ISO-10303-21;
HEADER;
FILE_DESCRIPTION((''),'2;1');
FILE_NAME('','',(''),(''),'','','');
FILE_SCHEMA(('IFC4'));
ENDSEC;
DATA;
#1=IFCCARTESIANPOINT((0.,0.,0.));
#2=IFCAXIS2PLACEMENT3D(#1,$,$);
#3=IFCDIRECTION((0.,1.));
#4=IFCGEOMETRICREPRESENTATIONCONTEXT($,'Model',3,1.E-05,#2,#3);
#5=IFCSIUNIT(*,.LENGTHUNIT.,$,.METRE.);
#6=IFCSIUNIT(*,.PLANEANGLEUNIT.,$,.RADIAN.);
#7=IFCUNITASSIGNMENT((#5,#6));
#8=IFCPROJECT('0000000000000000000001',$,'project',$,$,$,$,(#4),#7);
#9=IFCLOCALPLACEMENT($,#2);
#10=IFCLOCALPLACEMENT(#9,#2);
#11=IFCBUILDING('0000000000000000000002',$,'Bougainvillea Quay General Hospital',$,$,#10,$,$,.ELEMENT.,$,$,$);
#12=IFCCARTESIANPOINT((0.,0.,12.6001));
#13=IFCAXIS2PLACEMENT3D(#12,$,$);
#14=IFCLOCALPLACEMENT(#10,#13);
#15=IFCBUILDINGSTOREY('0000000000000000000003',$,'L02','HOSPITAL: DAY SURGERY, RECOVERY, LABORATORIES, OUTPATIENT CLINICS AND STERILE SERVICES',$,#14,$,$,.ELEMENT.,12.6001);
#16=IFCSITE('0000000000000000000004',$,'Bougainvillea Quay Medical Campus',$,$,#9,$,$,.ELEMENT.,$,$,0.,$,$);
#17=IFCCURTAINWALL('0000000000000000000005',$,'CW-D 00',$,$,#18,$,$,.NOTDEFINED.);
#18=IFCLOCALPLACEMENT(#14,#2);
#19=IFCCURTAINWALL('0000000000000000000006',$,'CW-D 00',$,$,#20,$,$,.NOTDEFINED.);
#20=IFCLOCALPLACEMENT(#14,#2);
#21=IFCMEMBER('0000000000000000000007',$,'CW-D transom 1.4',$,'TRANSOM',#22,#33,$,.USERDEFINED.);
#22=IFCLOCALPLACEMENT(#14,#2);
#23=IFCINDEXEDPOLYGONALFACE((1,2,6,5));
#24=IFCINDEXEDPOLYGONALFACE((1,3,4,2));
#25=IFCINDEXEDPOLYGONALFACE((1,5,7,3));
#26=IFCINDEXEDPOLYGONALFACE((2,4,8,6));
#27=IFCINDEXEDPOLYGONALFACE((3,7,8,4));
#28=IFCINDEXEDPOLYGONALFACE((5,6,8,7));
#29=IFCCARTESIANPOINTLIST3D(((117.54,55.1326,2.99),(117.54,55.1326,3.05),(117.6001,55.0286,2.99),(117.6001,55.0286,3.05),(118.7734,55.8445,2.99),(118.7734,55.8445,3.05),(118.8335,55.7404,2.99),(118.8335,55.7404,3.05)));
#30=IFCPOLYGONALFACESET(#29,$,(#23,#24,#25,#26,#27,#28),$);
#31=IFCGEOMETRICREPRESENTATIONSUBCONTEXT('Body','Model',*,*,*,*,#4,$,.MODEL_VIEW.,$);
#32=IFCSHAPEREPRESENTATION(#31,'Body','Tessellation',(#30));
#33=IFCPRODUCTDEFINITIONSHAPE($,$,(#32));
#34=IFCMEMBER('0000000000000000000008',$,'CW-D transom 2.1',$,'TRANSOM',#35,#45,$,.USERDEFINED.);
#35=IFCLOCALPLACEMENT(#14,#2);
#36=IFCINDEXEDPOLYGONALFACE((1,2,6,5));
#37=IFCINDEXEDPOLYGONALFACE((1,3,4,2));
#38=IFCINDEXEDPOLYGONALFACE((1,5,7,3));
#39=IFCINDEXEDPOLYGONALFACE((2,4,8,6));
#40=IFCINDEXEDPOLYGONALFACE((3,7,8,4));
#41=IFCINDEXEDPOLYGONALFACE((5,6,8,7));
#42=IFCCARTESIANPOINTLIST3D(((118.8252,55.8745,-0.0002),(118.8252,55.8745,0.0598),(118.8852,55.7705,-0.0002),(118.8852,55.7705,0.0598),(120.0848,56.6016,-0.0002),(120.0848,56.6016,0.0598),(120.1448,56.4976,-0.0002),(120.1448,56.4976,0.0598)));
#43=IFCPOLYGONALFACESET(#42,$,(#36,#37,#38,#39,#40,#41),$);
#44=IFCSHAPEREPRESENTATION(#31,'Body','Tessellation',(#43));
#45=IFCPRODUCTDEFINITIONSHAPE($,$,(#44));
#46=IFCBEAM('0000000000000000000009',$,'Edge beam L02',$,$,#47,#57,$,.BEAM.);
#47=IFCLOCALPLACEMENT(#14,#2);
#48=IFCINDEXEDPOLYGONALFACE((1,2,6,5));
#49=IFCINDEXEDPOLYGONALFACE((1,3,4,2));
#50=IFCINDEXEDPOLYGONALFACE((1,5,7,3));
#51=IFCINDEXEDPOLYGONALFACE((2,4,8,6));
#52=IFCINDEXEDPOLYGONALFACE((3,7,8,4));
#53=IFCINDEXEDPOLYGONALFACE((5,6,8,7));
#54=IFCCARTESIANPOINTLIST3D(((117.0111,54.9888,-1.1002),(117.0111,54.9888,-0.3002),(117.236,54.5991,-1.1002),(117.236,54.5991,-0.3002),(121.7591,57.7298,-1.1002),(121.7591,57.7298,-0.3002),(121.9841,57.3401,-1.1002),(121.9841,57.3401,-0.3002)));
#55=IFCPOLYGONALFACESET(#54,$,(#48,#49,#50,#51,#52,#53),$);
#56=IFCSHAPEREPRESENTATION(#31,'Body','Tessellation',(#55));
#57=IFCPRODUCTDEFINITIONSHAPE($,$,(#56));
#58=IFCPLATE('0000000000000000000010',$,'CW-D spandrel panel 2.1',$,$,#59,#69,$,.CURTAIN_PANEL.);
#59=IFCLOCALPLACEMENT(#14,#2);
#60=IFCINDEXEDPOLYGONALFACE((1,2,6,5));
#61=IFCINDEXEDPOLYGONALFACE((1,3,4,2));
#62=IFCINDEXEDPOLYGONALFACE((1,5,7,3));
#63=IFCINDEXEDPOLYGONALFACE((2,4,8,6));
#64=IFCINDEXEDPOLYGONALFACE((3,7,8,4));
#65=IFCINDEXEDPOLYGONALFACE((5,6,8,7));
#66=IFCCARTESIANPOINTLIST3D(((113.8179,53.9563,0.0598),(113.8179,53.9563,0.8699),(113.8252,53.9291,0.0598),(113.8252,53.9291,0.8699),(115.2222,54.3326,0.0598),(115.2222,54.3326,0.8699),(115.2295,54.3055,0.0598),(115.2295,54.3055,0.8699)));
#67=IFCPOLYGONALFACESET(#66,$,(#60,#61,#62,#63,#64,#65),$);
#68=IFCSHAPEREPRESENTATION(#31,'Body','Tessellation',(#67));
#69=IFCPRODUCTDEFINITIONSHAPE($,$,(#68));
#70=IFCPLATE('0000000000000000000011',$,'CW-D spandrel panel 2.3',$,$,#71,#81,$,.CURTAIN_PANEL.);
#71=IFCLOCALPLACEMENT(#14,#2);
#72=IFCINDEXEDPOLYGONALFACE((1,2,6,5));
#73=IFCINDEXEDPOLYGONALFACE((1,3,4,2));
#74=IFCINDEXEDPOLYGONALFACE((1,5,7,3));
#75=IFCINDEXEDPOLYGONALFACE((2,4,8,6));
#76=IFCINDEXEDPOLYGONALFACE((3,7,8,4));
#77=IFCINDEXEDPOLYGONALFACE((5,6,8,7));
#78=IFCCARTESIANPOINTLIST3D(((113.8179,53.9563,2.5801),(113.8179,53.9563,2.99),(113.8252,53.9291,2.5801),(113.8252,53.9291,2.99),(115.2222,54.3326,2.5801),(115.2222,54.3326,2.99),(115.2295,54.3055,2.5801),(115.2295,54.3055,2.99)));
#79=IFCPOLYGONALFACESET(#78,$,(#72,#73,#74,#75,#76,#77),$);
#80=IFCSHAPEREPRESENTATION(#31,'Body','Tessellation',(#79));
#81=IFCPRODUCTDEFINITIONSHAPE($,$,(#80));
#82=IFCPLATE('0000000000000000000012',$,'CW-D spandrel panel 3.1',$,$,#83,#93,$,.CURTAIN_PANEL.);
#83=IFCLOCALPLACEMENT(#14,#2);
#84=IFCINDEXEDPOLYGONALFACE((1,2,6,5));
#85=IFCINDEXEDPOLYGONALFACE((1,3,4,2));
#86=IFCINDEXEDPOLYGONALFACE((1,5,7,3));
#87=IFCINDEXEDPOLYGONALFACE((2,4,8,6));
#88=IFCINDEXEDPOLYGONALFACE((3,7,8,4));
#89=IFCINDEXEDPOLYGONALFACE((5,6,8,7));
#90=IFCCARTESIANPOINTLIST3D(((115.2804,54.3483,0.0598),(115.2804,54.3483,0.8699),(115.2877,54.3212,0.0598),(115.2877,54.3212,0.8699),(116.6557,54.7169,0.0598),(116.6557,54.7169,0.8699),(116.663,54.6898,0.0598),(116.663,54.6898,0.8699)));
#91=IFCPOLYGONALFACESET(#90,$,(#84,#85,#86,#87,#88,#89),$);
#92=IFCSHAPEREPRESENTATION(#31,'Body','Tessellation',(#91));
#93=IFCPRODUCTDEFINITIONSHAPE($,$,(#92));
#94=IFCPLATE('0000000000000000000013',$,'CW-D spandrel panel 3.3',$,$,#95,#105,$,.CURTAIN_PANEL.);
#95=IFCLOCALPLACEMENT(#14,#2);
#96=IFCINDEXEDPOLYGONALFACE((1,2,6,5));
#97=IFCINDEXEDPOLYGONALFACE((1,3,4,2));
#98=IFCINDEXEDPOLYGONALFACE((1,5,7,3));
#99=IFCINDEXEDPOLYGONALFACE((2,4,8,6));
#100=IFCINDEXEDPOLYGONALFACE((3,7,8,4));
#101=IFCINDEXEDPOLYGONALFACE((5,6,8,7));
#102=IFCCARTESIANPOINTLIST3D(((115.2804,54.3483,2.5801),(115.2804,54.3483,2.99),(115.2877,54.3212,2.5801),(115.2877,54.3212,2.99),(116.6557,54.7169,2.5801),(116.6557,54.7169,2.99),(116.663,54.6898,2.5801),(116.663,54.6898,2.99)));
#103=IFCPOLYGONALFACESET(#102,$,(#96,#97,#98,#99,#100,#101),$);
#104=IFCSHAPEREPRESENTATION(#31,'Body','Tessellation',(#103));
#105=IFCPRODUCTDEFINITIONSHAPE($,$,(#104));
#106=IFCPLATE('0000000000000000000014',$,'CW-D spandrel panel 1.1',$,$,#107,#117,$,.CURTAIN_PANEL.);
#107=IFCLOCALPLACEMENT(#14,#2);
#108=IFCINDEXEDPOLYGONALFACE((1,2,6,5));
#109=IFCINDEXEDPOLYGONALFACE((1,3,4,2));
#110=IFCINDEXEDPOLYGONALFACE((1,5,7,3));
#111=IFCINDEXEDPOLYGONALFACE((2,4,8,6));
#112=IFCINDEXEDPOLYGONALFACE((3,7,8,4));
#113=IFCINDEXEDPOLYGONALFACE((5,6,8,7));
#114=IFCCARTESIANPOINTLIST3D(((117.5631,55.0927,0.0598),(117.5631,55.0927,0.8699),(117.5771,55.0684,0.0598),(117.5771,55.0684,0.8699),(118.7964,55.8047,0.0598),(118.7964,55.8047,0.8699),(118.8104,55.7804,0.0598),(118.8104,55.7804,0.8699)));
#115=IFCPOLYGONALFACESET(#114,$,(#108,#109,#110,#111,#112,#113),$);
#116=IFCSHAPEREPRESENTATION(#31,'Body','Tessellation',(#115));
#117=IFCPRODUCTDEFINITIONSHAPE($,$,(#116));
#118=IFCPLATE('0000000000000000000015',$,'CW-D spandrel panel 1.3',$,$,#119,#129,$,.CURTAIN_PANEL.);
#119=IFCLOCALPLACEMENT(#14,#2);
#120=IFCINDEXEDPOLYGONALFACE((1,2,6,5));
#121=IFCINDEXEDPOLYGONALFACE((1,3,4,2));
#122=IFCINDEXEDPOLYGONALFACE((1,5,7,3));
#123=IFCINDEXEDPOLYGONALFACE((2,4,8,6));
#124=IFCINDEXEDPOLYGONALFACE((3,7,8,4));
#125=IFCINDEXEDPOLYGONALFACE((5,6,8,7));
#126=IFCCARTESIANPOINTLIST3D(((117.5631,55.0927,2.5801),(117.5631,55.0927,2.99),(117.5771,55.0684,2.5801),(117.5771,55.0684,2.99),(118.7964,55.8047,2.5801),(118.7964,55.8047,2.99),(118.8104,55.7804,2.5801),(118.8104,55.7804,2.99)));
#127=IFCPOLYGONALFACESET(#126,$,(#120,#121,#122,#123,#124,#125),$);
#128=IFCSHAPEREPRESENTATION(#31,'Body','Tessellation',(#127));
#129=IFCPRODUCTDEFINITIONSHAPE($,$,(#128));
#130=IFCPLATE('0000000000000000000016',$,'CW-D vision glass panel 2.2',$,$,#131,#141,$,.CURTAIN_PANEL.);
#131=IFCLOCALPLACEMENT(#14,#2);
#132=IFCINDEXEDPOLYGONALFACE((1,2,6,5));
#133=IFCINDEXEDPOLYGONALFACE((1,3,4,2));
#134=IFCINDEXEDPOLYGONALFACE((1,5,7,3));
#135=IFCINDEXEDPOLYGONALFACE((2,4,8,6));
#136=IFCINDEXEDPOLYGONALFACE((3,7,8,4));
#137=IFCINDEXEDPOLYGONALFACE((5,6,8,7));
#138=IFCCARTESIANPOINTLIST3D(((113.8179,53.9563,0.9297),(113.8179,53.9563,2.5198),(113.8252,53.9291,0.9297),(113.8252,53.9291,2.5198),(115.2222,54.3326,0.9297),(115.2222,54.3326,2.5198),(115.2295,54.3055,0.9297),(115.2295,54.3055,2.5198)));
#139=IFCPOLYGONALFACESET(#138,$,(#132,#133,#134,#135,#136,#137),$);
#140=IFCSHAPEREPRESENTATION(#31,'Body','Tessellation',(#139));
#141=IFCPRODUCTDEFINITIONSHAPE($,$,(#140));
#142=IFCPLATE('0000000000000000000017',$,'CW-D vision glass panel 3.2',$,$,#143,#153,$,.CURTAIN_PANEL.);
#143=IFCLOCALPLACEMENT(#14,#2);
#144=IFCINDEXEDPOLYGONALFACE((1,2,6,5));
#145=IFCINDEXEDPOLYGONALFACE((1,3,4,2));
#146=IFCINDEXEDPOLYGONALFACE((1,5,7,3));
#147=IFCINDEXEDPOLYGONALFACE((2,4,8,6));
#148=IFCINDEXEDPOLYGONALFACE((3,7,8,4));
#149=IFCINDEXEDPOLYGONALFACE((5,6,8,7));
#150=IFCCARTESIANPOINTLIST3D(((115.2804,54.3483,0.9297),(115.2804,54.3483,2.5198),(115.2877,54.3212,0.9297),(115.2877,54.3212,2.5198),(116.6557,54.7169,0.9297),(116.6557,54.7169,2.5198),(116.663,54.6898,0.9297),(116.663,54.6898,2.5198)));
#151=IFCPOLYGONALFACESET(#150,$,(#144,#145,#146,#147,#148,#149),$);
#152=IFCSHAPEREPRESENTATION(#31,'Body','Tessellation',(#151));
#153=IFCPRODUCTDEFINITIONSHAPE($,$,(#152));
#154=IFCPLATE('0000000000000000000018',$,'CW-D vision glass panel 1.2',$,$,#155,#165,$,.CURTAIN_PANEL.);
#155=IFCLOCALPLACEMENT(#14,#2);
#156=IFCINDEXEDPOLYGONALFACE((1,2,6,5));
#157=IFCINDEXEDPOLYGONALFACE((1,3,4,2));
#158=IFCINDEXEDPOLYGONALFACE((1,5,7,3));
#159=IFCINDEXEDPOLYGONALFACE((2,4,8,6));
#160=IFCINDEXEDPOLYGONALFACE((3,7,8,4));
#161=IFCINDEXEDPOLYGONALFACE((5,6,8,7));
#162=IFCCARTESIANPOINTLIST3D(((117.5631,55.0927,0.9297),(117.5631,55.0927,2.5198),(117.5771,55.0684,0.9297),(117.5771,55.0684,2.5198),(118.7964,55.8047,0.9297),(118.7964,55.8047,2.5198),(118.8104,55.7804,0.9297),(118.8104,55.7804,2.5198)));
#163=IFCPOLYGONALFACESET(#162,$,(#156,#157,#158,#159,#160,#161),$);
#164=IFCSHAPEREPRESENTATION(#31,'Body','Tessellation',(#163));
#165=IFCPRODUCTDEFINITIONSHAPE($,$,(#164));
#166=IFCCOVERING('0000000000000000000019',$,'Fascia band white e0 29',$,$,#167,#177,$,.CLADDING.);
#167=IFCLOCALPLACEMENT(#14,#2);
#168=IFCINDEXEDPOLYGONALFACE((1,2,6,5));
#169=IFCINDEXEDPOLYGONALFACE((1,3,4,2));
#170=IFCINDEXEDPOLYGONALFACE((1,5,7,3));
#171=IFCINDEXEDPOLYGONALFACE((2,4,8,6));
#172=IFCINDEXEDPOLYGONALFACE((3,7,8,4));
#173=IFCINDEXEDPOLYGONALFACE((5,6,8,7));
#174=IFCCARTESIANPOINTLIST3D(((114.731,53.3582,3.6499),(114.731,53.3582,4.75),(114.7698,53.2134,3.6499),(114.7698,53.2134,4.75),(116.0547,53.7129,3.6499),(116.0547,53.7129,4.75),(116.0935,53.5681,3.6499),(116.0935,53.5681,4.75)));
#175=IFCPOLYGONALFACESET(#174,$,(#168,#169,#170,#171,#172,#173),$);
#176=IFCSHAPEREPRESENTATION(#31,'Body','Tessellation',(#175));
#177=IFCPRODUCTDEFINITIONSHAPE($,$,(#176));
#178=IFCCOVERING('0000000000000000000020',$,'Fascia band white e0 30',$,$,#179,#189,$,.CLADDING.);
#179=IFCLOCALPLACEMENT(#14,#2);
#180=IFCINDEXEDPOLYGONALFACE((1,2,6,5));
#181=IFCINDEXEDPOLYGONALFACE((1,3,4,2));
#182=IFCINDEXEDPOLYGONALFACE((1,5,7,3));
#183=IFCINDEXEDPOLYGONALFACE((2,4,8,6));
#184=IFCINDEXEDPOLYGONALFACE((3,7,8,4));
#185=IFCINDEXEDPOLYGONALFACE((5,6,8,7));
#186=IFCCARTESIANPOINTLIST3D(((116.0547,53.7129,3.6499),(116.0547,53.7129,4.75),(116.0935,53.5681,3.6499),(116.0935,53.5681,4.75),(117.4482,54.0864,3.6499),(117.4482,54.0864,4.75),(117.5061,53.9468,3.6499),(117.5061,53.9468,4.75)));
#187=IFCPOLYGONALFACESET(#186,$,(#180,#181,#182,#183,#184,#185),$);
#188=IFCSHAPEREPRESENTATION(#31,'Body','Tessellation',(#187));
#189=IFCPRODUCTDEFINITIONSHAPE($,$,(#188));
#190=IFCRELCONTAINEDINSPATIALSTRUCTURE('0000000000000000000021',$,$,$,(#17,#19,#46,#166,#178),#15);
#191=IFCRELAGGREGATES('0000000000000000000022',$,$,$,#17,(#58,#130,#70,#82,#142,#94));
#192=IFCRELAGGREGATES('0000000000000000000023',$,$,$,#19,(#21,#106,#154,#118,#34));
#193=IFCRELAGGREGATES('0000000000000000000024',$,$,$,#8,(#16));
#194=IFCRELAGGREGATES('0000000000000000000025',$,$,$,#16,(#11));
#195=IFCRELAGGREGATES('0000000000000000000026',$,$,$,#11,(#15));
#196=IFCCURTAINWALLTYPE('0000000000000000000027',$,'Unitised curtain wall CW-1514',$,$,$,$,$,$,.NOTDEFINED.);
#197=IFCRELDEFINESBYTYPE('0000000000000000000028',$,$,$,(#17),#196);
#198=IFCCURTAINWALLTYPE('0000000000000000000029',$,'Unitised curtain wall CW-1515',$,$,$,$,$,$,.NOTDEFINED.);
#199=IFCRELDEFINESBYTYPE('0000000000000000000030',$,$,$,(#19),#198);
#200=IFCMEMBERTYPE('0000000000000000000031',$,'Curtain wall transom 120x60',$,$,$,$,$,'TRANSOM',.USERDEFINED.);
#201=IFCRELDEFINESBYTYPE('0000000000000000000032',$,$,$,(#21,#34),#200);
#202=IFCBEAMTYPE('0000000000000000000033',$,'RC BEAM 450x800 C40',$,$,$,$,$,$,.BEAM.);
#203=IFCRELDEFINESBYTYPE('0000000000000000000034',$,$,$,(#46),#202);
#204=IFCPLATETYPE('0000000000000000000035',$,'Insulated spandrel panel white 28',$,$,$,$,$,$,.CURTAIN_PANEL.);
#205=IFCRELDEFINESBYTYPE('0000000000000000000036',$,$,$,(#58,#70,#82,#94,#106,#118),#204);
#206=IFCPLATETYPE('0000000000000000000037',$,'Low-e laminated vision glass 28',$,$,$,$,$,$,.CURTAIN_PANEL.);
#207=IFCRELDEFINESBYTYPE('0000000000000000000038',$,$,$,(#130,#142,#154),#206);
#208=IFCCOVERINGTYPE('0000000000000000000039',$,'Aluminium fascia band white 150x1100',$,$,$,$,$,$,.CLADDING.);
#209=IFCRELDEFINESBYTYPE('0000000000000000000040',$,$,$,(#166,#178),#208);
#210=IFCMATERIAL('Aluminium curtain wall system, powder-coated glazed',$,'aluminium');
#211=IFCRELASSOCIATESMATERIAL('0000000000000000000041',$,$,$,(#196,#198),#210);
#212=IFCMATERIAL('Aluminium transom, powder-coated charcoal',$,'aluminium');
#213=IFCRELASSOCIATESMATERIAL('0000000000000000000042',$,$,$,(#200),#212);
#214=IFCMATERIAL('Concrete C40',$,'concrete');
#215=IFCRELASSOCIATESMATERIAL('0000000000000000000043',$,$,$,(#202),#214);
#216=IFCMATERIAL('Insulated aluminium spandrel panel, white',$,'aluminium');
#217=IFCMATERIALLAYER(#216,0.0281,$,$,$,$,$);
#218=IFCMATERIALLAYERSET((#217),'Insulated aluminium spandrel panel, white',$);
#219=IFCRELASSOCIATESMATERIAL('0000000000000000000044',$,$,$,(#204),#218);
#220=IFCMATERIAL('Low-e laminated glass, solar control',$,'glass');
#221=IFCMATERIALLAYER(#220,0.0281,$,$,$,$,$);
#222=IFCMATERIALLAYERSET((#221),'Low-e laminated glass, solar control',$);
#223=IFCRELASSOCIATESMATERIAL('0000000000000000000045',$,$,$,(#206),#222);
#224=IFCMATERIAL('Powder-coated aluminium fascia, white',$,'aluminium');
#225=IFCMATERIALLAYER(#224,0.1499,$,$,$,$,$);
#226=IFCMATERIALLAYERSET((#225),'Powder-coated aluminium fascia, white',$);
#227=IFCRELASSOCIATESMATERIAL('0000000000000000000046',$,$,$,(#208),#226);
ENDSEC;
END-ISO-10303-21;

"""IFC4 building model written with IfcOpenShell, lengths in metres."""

from ifc_helpers import new_model, si_unit, direction, frame, origin, origin_2d, place, context, subcontext, project, spatial, polyline, rectangle, outline, extrude, material, layer, layer_set, material_profile, profile_set, type_object, element, aggregate, save


model = new_model("IFC4")

# Units and contexts
model_context = context("Model", 3, precision=1e-05, world=origin(), true_north=direction((0.0, 1.0)))
body_context = subcontext(model_context, "Body", "Model", "MODEL_VIEW")
ifc_project = project(units=[si_unit("LENGTHUNIT", "METRE"), si_unit("PLANEANGLEUNIT", "RADIAN")], contexts=[model_context])

# Site, building, storey
site_placement = place(None, origin())
site = spatial("IfcSite", under=ifc_project, at=site_placement, Name="Bougainvillea Quay Medical Campus", CompositionType="ELEMENT", RefElevation=0.0)
building_placement = place(site_placement, origin())
building = spatial("IfcBuilding", under=site, at=building_placement, Name="Bougainvillea Quay General Hospital", CompositionType="ELEMENT")
storey_placement = place(building_placement, frame((0.0, 0.0, 12.6001)))
storey = spatial("IfcBuildingStorey", under=building, at=storey_placement, Name="L02", Description="HOSPITAL: DAY SURGERY, RECOVERY, LABORATORIES, OUTPATIENT CLINICS AND STERILE SERVICES", CompositionType="ELEMENT", Elevation=12.6001)

# Shared definitions
ifc_material_1 = material(Name="Concrete C40", Category="concrete")

# Curtain walls
ifc_material_2 = material(Name="Aluminium curtain wall system, powder-coated glazed", Category="aluminium")
curtain_wall_type_1 = type_object("IfcCurtainWallType", Name="Unitised curtain wall CW-1514", PredefinedType="NOTDEFINED", material=ifc_material_2)
curtain_wall_1_placement = place(storey_placement, origin())
curtain_wall_1 = element("IfcCurtainWall", 1, at=curtain_wall_1_placement, inside=storey, type_object=curtain_wall_type_1, Name="CW-D 00", PredefinedType="NOTDEFINED")
curtain_wall_type_2 = type_object("IfcCurtainWallType", Name="Unitised curtain wall CW-1515", PredefinedType="NOTDEFINED", material=ifc_material_2)
curtain_wall_2_placement = place(storey_placement, origin())
curtain_wall_2 = element("IfcCurtainWall", 2, at=curtain_wall_2_placement, inside=storey, type_object=curtain_wall_type_2, Name="CW-D 00", PredefinedType="NOTDEFINED")

# Members
ifc_material_3 = material(Name="Aluminium transom, powder-coated charcoal", Category="aluminium")
ifc_material_profile_1 = material_profile(ifc_material_3, rectangle(XDim=0.1201, YDim=0.0601, at=origin_2d()))
ifc_profile_set_1 = profile_set([ifc_material_profile_1], Name="Aluminium transom, powder-coated charcoal")
member_type_1 = type_object("IfcMemberType", Name="Curtain wall transom 120x60", ElementType="TRANSOM", PredefinedType="USERDEFINED", material=ifc_profile_set_1)
member_1_placement = place(storey_placement, frame((117.5701, 55.0806, 3.02), z_axis=(0.866083, 0.499901, 0.0), x_axis=(-0.499901, 0.866083, 0.0)))
member_1 = element("IfcMember", 3, at=member_1_placement, type_object=member_type_1, Name="CW-D transom 1.4", ObjectType="TRANSOM", PredefinedType="USERDEFINED", context=body_context, shape_type="SweptSolid", body=[
    extrude(rectangle(XDim=0.1201, YDim=0.0601, at=origin_2d()), origin(), (0.0, 0.0, 1.0), 1.4241),
])
member_2_placement = place(storey_placement, frame((118.8552, 55.8225, 0.0298), z_axis=(0.866065, 0.499931, 0.0), x_axis=(-0.499931, 0.866065, 0.0)))
member_2 = element("IfcMember", 4, at=member_2_placement, type_object=member_type_1, Name="CW-D transom 2.1", ObjectType="TRANSOM", PredefinedType="USERDEFINED", context=body_context, shape_type="SweptSolid", body=[
    extrude(rectangle(XDim=0.1201, YDim=0.0601, at=origin_2d()), origin(), (0.0, 0.0, 1.0), 1.4543),
])

# Beam
ifc_material_profile_2 = material_profile(ifc_material_1, rectangle(XDim=0.45, YDim=0.8, at=origin_2d()))
ifc_profile_set_2 = profile_set([ifc_material_profile_2], Name="Concrete C40")
beam_type = type_object("IfcBeamType", Name="RC BEAM 450x800 C40", PredefinedType="BEAM", material=ifc_profile_set_2)
beam_placement = place(storey_placement, frame((117.1235, 54.7939, -0.7002), z_axis=(0.866051, 0.499956, 0.0), x_axis=(-0.499956, 0.866051, 0.0)))
element("IfcBeam", 5, at=beam_placement, inside=storey, type_object=beam_type, Name="Edge beam L02", PredefinedType="BEAM", context=body_context, shape_type="SweptSolid", body=[
    extrude(rectangle(XDim=0.45, YDim=0.8, at=origin_2d()), origin(), (0.0, 0.0, 1.0), 5.4824),
])

# Plates
ifc_material_4 = material(Name="Insulated aluminium spandrel panel, white", Category="aluminium")
ifc_layer_1 = layer(ifc_material_4, 0.0281)
ifc_layer_set_1 = layer_set([ifc_layer_1], Name="Insulated aluminium spandrel panel, white")
plate_type_1 = type_object("IfcPlateType", Name="Insulated spandrel panel white 28", PredefinedType="CURTAIN_PANEL", material=ifc_layer_set_1)
plate_1_placement = place(storey_placement, frame((114.5237, 54.1309, 0.0598), z_axis=(0.0, 0.0, 1.0), x_axis=(0.965916, 0.258855, 0.0)))
plate_1 = element("IfcPlate", 6, at=plate_1_placement, type_object=plate_type_1, Name="CW-D spandrel panel 2.1", PredefinedType="CURTAIN_PANEL", context=body_context, shape_type="SweptSolid", body=[
    extrude(rectangle(XDim=1.4539, YDim=0.0281, at=origin_2d()), origin(), (0.0, 0.0, 1.0), 0.8101),
])
plate_2_placement = place(storey_placement, frame((114.5237, 54.1309, 2.5801), z_axis=(0.0, 0.0, 1.0), x_axis=(0.965916, 0.258855, 0.0)))
plate_2 = element("IfcPlate", 7, at=plate_2_placement, type_object=plate_type_1, Name="CW-D spandrel panel 2.3", PredefinedType="CURTAIN_PANEL", context=body_context, shape_type="SweptSolid", body=[
    extrude(rectangle(XDim=1.4539, YDim=0.0281, at=origin_2d()), origin(), (0.0, 0.0, 1.0), 0.4099),
])
plate_3_placement = place(storey_placement, frame((115.9717, 54.519, 0.0598), z_axis=(0.0, 0.0, 1.0), x_axis=(0.965916, 0.258855, 0.0)))
plate_3 = element("IfcPlate", 8, at=plate_3_placement, type_object=plate_type_1, Name="CW-D spandrel panel 3.1", PredefinedType="CURTAIN_PANEL", context=body_context, shape_type="SweptSolid", body=[
    extrude(rectangle(XDim=1.4238, YDim=0.0281, at=origin_2d()), origin(), (0.0, 0.0, 1.0), 0.8101),
])
plate_4_placement = place(storey_placement, frame((115.9717, 54.519, 2.5801), z_axis=(0.0, 0.0, 1.0), x_axis=(0.965916, 0.258855, 0.0)))
plate_4 = element("IfcPlate", 9, at=plate_4_placement, type_object=plate_type_1, Name="CW-D spandrel panel 3.3", PredefinedType="CURTAIN_PANEL", context=body_context, shape_type="SweptSolid", body=[
    extrude(rectangle(XDim=1.4238, YDim=0.0281, at=origin_2d()), origin(), (0.0, 0.0, 1.0), 0.4099),
])
plate_5_placement = place(storey_placement, frame((118.1868, 55.4365, 0.0598), z_axis=(0.0, 0.0, 1.0), x_axis=(0.866046, 0.499965, 0.0)))
plate_5 = element("IfcPlate", 10, at=plate_5_placement, type_object=plate_type_1, Name="CW-D spandrel panel 1.1", PredefinedType="CURTAIN_PANEL", context=body_context, shape_type="SweptSolid", body=[
    extrude(rectangle(XDim=1.4241, YDim=0.0281, at=origin_2d()), origin(), (0.0, 0.0, 1.0), 0.8101),
])
plate_6_placement = place(storey_placement, frame((118.1868, 55.4365, 2.5801), z_axis=(0.0, 0.0, 1.0), x_axis=(0.866046, 0.499965, 0.0)))
plate_6 = element("IfcPlate", 11, at=plate_6_placement, type_object=plate_type_1, Name="CW-D spandrel panel 1.3", PredefinedType="CURTAIN_PANEL", context=body_context, shape_type="SweptSolid", body=[
    extrude(rectangle(XDim=1.4241, YDim=0.0281, at=origin_2d()), origin(), (0.0, 0.0, 1.0), 0.4099),
])
ifc_material_5 = material(Name="Low-e laminated glass, solar control", Category="glass")
ifc_layer_2 = layer(ifc_material_5, 0.0281)
ifc_layer_set_2 = layer_set([ifc_layer_2], Name="Low-e laminated glass, solar control")
plate_type_2 = type_object("IfcPlateType", Name="Low-e laminated vision glass 28", PredefinedType="CURTAIN_PANEL", material=ifc_layer_set_2)
plate_7_placement = place(storey_placement, frame((114.5237, 54.1309, 0.9297), z_axis=(0.0, 0.0, 1.0), x_axis=(0.965916, 0.258855, 0.0)))
plate_7 = element("IfcPlate", 12, at=plate_7_placement, type_object=plate_type_2, Name="CW-D vision glass panel 2.2", PredefinedType="CURTAIN_PANEL", context=body_context, shape_type="SweptSolid", body=[
    extrude(rectangle(XDim=1.4539, YDim=0.0281, at=origin_2d()), origin(), (0.0, 0.0, 1.0), 1.5901),
])
plate_8_placement = place(storey_placement, frame((115.9717, 54.519, 0.9297), z_axis=(0.0, 0.0, 1.0), x_axis=(0.965916, 0.258855, 0.0)))
plate_8 = element("IfcPlate", 13, at=plate_8_placement, type_object=plate_type_2, Name="CW-D vision glass panel 3.2", PredefinedType="CURTAIN_PANEL", context=body_context, shape_type="SweptSolid", body=[
    extrude(rectangle(XDim=1.4238, YDim=0.0281, at=origin_2d()), origin(), (0.0, 0.0, 1.0), 1.5901),
])
aggregate(curtain_wall_1, [plate_1, plate_7, plate_2, plate_3, plate_8, plate_4])
plate_9_placement = place(storey_placement, frame((118.1868, 55.4365, 0.9297), z_axis=(0.0, 0.0, 1.0), x_axis=(0.866046, 0.499965, 0.0)))
plate_9 = element("IfcPlate", 14, at=plate_9_placement, type_object=plate_type_2, Name="CW-D vision glass panel 1.2", PredefinedType="CURTAIN_PANEL", context=body_context, shape_type="SweptSolid", body=[
    extrude(rectangle(XDim=1.4241, YDim=0.0281, at=origin_2d()), origin(), (0.0, 0.0, 1.0), 1.5901),
])
aggregate(curtain_wall_2, [member_1, plate_5, plate_9, plate_6, member_2])

# Coverings
ifc_material_6 = material(Name="Powder-coated aluminium fascia, white", Category="aluminium")
ifc_layer_3 = layer(ifc_material_6, 0.1499)
ifc_layer_set_3 = layer_set([ifc_layer_3], Name="Powder-coated aluminium fascia, white")
covering_type = type_object("IfcCoveringType", Name="Aluminium fascia band white 150x1100", PredefinedType="CLADDING", material=ifc_layer_set_3)
covering_1_placement = place(storey_placement, frame((114.731, 53.3582, 3.6499), z_axis=(0.0, 0.0, 1.0), x_axis=(0.965918, 0.258849, 0.0)))
element("IfcCovering", 15, at=covering_1_placement, inside=storey, type_object=covering_type, Name="Fascia band white e0 29", PredefinedType="CLADDING", context=body_context, shape_type="SweptSolid", body=[
    extrude(outline(polyline([(0.0, 0.0), (1.3704, 0.0), (1.3705, -0.1499), (0.0, -0.1499), (0.0, 0.0)])), origin(), (0.0, 0.0, 1.0), 1.1001),
])
covering_2_placement = place(storey_placement, frame((116.0547, 53.7129, 3.6499), z_axis=(0.0, 0.0, 1.0), x_axis=(0.965903, 0.258905, 0.0)))
element("IfcCovering", 16, at=covering_2_placement, inside=storey, type_object=covering_type, Name="Fascia band white e0 30", PredefinedType="CLADDING", context=body_context, shape_type="SweptSolid", body=[
    extrude(outline(polyline([(0.0, 0.0), (1.4427, 0.0), (1.4625, -0.1499), (0.0, -0.1499), (0.0, 0.0)])), origin(), (0.0, 0.0, 1.0), 1.1001),
])

save(model, "model.ifc")
